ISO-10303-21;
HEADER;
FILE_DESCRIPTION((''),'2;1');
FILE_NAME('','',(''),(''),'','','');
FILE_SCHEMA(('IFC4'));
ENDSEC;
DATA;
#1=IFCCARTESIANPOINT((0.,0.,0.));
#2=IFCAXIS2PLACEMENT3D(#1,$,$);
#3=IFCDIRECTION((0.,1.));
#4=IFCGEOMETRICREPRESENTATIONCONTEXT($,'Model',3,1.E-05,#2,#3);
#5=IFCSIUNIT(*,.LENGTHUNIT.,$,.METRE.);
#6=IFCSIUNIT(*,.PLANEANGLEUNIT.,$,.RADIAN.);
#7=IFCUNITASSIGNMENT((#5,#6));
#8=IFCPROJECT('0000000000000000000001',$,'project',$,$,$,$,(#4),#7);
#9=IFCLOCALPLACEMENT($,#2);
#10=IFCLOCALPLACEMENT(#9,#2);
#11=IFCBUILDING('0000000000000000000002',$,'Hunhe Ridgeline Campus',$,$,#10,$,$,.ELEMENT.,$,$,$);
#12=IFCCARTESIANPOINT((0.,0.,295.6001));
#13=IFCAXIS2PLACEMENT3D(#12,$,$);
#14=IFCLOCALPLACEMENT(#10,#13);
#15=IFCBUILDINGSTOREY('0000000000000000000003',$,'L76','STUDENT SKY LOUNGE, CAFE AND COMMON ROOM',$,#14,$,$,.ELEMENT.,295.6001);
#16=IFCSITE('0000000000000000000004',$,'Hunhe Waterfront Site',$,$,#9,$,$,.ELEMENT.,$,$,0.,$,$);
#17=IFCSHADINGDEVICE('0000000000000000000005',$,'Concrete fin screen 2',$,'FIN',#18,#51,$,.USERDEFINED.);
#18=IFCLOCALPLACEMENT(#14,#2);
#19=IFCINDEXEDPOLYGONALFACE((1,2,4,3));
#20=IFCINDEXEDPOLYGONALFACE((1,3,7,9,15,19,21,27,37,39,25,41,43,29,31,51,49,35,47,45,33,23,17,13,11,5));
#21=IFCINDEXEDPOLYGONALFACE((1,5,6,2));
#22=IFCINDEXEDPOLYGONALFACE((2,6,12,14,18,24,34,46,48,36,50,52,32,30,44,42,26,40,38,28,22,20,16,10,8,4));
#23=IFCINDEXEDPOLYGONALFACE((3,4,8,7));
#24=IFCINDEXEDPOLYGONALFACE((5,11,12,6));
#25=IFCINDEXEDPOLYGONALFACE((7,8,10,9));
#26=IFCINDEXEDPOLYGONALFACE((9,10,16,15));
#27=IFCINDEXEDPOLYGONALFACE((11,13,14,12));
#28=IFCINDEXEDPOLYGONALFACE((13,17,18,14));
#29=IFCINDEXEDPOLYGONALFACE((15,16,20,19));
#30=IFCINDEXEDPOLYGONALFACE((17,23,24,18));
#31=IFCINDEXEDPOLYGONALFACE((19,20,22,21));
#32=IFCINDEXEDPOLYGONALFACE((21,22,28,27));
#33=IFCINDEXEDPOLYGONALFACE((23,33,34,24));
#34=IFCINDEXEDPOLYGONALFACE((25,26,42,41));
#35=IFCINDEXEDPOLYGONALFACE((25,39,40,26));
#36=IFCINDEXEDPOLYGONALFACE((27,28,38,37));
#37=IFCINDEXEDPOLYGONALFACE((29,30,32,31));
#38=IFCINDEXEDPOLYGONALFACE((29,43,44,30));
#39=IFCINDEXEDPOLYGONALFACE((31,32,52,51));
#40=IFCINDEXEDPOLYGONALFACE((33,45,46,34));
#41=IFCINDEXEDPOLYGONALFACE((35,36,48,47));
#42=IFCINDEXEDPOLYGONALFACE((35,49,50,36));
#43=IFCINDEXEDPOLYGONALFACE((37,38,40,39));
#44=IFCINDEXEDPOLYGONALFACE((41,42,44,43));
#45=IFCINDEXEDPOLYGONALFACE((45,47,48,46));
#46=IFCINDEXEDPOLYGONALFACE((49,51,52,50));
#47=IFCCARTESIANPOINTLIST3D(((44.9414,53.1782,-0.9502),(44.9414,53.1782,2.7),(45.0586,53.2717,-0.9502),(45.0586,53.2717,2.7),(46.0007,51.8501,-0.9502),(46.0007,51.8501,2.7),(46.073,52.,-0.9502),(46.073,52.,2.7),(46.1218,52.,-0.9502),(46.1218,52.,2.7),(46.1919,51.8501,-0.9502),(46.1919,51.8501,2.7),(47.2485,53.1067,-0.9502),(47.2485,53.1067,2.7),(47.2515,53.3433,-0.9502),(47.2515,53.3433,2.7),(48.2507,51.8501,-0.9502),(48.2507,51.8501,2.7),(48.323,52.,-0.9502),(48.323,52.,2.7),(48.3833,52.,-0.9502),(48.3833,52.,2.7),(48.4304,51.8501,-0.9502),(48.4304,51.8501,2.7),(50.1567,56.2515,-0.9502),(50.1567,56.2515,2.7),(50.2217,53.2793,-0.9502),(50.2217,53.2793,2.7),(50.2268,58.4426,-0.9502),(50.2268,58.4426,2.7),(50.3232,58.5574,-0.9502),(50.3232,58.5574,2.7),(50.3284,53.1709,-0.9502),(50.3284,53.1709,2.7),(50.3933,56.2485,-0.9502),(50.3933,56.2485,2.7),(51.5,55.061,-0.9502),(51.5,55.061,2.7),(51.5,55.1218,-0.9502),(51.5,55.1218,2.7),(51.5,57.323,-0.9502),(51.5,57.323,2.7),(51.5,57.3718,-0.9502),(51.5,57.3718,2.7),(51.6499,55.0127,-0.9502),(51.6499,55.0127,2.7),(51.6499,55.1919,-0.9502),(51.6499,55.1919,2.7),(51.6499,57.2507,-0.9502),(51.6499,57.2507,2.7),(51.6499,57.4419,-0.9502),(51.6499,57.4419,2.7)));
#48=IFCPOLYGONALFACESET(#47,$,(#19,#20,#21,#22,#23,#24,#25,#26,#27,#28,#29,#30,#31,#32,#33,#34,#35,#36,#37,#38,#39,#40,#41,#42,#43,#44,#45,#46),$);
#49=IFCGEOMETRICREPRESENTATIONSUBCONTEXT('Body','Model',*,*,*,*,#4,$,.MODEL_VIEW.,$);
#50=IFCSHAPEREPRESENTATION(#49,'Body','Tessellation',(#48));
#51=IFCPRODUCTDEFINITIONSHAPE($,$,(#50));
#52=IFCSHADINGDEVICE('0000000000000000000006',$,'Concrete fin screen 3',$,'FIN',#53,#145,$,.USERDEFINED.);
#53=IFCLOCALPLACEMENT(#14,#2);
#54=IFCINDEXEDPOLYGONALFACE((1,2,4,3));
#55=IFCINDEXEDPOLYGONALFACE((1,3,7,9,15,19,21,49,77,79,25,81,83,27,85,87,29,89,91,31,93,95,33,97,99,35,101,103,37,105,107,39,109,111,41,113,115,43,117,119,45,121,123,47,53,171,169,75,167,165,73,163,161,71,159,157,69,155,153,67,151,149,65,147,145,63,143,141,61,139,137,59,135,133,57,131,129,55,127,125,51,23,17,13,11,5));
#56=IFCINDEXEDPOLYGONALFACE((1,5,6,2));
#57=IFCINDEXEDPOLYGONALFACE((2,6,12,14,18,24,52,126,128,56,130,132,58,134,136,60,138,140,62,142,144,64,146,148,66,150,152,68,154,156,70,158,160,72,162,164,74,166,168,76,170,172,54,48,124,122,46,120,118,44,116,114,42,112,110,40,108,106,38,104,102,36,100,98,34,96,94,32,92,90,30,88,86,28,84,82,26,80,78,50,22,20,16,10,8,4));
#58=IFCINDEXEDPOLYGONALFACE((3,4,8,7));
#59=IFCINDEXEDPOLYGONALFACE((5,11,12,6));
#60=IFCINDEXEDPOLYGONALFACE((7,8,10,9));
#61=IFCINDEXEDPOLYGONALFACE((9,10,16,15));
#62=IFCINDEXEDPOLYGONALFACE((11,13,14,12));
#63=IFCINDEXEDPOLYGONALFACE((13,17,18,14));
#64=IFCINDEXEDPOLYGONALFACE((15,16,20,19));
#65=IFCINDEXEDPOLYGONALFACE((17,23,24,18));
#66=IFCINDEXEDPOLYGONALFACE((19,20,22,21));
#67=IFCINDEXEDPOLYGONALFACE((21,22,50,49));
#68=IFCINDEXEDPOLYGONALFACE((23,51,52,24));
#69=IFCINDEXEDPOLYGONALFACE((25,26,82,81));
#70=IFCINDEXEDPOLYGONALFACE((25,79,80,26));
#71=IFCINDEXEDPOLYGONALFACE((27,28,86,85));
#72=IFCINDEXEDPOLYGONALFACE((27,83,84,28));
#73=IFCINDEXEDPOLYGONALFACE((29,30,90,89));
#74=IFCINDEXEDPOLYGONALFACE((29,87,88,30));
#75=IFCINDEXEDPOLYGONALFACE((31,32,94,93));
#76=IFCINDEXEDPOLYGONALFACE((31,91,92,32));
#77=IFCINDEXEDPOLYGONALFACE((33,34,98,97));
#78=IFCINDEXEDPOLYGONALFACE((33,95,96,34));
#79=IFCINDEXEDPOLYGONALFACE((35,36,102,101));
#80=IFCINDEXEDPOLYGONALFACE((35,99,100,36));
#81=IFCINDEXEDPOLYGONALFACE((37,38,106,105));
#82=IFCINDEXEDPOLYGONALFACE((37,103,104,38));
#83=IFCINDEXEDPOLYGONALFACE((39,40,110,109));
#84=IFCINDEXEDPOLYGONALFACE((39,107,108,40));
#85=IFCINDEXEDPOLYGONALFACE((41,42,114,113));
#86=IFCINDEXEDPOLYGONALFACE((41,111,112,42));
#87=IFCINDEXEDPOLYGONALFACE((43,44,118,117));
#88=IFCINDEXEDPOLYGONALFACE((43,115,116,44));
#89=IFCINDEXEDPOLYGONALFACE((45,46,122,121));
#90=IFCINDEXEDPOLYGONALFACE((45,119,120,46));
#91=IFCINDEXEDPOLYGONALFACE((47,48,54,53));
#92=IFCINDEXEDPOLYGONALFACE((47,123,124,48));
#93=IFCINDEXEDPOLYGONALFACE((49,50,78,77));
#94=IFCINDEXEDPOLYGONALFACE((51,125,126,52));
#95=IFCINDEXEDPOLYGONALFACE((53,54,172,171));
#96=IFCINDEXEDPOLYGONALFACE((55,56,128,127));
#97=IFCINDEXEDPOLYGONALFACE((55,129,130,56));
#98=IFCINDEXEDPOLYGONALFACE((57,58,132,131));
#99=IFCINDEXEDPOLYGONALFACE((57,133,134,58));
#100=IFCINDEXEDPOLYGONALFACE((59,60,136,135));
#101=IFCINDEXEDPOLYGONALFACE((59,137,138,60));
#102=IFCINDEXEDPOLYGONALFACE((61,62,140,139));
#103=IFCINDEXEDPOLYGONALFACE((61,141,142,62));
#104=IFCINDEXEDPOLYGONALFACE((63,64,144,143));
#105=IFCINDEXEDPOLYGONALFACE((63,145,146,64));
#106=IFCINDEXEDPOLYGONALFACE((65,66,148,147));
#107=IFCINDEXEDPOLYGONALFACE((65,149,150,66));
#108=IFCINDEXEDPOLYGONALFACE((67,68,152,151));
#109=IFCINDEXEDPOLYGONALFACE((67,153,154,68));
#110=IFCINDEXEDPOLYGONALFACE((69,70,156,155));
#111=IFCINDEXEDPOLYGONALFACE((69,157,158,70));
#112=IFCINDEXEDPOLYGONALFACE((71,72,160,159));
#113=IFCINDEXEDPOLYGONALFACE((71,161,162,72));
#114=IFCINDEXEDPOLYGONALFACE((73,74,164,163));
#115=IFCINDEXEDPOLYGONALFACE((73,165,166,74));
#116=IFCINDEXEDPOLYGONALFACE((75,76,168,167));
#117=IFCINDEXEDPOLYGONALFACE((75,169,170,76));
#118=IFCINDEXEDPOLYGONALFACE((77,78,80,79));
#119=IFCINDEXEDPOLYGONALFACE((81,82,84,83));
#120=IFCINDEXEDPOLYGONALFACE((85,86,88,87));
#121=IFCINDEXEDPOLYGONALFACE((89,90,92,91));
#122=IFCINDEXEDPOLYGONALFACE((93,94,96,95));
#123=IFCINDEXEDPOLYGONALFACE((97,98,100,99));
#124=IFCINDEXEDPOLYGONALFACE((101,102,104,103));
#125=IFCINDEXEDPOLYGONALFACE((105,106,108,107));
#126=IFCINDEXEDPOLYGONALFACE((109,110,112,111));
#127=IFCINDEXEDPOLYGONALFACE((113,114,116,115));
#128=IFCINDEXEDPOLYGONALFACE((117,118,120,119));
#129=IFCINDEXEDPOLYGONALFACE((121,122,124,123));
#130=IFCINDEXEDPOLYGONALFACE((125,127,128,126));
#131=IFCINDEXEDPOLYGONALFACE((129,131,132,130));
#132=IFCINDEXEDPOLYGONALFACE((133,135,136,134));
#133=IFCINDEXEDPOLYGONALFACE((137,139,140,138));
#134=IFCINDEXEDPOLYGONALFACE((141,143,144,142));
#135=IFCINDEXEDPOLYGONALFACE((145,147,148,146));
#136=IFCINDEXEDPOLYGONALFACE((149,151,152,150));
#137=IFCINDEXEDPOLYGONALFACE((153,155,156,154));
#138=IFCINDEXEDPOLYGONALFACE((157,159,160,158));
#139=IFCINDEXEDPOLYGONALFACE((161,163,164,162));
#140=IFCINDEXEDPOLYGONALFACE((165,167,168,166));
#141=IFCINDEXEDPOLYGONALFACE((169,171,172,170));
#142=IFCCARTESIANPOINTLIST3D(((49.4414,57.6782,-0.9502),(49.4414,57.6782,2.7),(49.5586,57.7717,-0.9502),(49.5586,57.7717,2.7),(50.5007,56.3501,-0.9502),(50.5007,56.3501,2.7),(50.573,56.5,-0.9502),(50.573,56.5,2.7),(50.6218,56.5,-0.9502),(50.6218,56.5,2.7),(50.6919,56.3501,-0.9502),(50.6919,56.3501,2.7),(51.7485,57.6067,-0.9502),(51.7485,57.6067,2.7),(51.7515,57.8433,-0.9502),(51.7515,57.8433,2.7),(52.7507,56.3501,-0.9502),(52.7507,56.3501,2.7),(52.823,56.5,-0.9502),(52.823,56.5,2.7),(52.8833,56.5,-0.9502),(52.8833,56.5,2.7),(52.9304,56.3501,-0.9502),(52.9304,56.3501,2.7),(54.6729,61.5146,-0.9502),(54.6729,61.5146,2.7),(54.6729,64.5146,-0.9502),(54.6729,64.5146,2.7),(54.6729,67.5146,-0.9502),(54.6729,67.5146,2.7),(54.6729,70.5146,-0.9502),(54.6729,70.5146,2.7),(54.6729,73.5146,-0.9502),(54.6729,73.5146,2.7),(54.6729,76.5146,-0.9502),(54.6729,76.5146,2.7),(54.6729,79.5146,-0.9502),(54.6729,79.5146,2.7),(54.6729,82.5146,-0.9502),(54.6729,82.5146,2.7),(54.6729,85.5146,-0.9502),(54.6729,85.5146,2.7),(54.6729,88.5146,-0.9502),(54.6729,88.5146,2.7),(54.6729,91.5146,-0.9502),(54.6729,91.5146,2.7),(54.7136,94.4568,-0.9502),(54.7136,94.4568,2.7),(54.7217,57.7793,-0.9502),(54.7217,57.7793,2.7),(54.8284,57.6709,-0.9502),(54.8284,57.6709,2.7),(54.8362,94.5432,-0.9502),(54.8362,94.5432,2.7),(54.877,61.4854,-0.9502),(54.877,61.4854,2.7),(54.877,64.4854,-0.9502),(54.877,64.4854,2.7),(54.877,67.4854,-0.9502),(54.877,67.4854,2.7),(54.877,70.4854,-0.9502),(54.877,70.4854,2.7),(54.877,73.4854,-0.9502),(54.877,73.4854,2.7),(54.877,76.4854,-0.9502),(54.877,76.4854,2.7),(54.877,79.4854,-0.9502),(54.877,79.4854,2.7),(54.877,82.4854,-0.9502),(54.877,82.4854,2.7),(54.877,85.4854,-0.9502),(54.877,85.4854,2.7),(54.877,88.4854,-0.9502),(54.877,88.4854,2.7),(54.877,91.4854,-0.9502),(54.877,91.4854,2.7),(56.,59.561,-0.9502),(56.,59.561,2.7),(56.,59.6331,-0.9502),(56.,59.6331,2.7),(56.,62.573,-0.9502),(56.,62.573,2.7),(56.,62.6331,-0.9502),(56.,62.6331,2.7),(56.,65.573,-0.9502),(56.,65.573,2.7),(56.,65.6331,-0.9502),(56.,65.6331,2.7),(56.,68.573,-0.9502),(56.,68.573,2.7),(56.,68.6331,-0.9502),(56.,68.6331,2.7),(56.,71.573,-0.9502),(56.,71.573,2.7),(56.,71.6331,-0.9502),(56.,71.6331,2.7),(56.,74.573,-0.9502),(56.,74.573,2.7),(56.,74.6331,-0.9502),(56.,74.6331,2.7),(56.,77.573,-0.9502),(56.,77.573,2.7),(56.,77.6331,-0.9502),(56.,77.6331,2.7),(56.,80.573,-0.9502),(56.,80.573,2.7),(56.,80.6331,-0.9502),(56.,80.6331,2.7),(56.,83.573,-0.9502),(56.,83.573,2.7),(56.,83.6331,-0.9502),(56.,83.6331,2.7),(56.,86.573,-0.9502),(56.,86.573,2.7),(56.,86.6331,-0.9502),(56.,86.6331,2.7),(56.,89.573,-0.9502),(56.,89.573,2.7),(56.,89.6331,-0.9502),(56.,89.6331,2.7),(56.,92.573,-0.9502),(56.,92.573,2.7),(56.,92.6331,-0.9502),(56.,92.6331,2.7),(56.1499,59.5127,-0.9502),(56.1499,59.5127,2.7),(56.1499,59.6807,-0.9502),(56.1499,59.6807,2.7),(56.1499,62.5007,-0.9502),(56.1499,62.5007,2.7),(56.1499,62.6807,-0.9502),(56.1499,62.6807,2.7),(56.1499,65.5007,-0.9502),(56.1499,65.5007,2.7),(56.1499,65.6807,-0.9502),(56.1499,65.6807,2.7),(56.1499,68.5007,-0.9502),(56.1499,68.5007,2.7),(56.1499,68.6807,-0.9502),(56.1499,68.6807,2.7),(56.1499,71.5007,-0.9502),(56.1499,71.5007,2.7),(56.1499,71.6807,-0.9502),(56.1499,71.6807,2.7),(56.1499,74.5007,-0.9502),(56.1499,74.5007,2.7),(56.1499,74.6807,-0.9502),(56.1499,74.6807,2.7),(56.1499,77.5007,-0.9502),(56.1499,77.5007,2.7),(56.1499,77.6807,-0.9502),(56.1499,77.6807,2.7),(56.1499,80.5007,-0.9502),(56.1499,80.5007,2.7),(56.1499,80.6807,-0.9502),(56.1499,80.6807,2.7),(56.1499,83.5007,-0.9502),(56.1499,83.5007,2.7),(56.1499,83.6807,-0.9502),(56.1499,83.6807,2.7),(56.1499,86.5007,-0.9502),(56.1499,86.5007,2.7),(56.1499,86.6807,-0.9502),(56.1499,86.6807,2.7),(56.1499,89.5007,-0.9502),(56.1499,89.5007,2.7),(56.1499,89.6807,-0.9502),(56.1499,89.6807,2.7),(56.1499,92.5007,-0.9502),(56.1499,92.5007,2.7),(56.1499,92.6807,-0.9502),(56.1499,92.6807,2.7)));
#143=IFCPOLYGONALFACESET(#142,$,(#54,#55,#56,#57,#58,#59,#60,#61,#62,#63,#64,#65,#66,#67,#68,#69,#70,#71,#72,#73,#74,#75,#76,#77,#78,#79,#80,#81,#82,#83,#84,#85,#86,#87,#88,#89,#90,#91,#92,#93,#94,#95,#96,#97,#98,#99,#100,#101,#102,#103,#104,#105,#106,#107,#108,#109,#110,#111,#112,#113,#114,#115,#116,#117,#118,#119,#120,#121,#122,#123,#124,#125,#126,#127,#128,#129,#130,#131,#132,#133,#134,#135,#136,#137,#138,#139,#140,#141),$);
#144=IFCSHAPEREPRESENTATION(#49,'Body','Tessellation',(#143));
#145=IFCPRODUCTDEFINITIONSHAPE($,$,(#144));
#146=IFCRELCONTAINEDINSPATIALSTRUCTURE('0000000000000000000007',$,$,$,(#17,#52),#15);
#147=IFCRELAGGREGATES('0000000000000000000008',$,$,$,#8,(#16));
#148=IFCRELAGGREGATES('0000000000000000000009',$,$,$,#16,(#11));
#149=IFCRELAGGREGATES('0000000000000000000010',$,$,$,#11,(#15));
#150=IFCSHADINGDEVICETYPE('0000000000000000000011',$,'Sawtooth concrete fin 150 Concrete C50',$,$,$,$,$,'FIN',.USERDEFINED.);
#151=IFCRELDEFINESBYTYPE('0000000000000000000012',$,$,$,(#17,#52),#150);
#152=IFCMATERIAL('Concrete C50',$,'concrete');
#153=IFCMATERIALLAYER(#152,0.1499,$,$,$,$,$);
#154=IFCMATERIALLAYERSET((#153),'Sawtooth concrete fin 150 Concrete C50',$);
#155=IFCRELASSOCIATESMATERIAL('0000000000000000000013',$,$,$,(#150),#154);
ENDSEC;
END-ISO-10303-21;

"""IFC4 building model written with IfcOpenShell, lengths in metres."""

from ifc_helpers import new_model, si_unit, direction, frame, origin, place, context, subcontext, project, spatial, polyline, outline, extrude, material, layer, layer_set, type_object, element, save


model = new_model("IFC4")

# Units and contexts
model_context = context("Model", 3, precision=1e-05, world=origin(), true_north=direction((0.0, 1.0)))
body_context = subcontext(model_context, "Body", "Model", "MODEL_VIEW")
ifc_project = project(units=[si_unit("LENGTHUNIT", "METRE"), si_unit("PLANEANGLEUNIT", "RADIAN")], contexts=[model_context])

# Site, building, storey
site_placement = place(None, origin())
site = spatial("IfcSite", under=ifc_project, at=site_placement, Name="Hunhe Waterfront Site", CompositionType="ELEMENT", RefElevation=0.0)
building_placement = place(site_placement, origin())
building = spatial("IfcBuilding", under=site, at=building_placement, Name="Hunhe Ridgeline Campus", CompositionType="ELEMENT")
storey_placement = place(building_placement, frame((0.0, 0.0, 295.6001)))
storey = spatial("IfcBuildingStorey", under=building, at=storey_placement, Name="L76", Description="STUDENT SKY LOUNGE, CAFE AND COMMON ROOM", CompositionType="ELEMENT", Elevation=295.6001)

# Shared definitions
ifc_material_1 = material(Name="Concrete C50", Category="concrete")

# Shading devices
ifc_layer_1 = layer(ifc_material_1, 0.1499)
ifc_layer_set_1 = layer_set([ifc_layer_1], Name="Sawtooth concrete fin 150 Concrete C50")
shading_device_type = type_object("IfcShadingDeviceType", Name="Sawtooth concrete fin 150 Concrete C50", ElementType="FIN", PredefinedType="USERDEFINED", material=ifc_layer_set_1)
shading_device_1_placement = place(storey_placement, frame((0.0, 0.0, -0.9502)))
element("IfcShadingDevice", 1, at=shading_device_1_placement, inside=storey, type_object=shading_device_type, Name="Concrete fin screen 2", ObjectType="FIN", PredefinedType="USERDEFINED", context=body_context, shape_type="SweptSolid", body=[
    extrude(outline(polyline([(45.0586, 53.2717), (44.9414, 53.1782), (46.0007, 51.8501), (46.1919, 51.8501), (47.2485, 53.1067), (48.2507, 51.8501), (48.4304, 51.8501), (50.3284, 53.1709), (51.6499, 55.0127), (51.6499, 55.1919), (50.3933, 56.2485), (51.6499, 57.2507), (51.6499, 57.4419), (50.3232, 58.5574), (50.2268, 58.4426), (51.5, 57.3718), (51.5, 57.323), (50.1567, 56.2515), (51.5, 55.1218), (51.5, 55.061), (50.2217, 53.2793), (48.3833, 52.0), (48.323, 52.0), (47.2515, 53.3433), (46.1218, 52.0), (46.073, 52.0), (45.0586, 53.2717)])), origin(), (0.0, 0.0, 1.0), 3.6501),
])
shading_device_2_placement = place(storey_placement, frame((0.0, 0.0, -0.9502)))
element("IfcShadingDevice", 2, at=shading_device_2_placement, inside=storey, type_object=shading_device_type, Name="Concrete fin screen 3", ObjectType="FIN", PredefinedType="USERDEFINED", context=body_context, shape_type="SweptSolid", body=[
    extrude(outline(polyline([(49.5586, 57.7717), (49.4414, 57.6782), (50.5007, 56.3501), (50.6919, 56.3501), (51.7485, 57.6067), (52.7507, 56.3501), (52.9304, 56.3501), (54.8284, 57.6709), (56.1499, 59.5127), (56.1499, 59.6807), (54.877, 61.4854), (56.1499, 62.5007), (56.1499, 62.6807), (54.877, 64.4854), (56.1499, 65.5007), (56.1499, 65.6807), (54.877, 67.4854), (56.1499, 68.5007), (56.1499, 68.6807), (54.877, 70.4854), (56.1499, 71.5007), (56.1499, 71.6807), (54.877, 73.4854), (56.1499, 74.5007), (56.1499, 74.6807), (54.877, 76.4854), (56.1499, 77.5007), (56.1499, 77.6807), (54.877, 79.4854), (56.1499, 80.5007), (56.1499, 80.6807), (54.877, 82.4854), (56.1499, 83.5007), (56.1499, 83.6807), (54.877, 85.4854), (56.1499, 86.5007), (56.1499, 86.6807), (54.877, 88.4854), (56.1499, 89.5007), (56.1499, 89.6807), (54.877, 91.4854), (56.1499, 92.5007), (56.1499, 92.6807), (54.8362, 94.5432), (54.7136, 94.4568), (56.0, 92.6331), (56.0, 92.573), (54.6729, 91.5146), (56.0, 89.6331), (56.0, 89.573), (54.6729, 88.5146), (56.0, 86.6331), (56.0, 86.573), (54.6729, 85.5146), (56.0, 83.6331), (56.0, 83.573), (54.6729, 82.5146), (56.0, 80.6331), (56.0, 80.573), (54.6729, 79.5146), (56.0, 77.6331), (56.0, 77.573), (54.6729, 76.5146), (56.0, 74.6331), (56.0, 74.573), (54.6729, 73.5146), (56.0, 71.6331), (56.0, 71.573), (54.6729, 70.5146), (56.0, 68.6331), (56.0, 68.573), (54.6729, 67.5146), (56.0, 65.6331), (56.0, 65.573), (54.6729, 64.5146), (56.0, 62.6331), (56.0, 62.573), (54.6729, 61.5146), (56.0, 59.6331), (56.0, 59.561), (54.7217, 57.7793), (52.8833, 56.5), (52.823, 56.5), (51.7515, 57.8433), (50.6218, 56.5), (50.573, 56.5), (49.5586, 57.7717)])), origin(), (0.0, 0.0, 1.0), 3.6501),
])

save(model, "model.ifc")
